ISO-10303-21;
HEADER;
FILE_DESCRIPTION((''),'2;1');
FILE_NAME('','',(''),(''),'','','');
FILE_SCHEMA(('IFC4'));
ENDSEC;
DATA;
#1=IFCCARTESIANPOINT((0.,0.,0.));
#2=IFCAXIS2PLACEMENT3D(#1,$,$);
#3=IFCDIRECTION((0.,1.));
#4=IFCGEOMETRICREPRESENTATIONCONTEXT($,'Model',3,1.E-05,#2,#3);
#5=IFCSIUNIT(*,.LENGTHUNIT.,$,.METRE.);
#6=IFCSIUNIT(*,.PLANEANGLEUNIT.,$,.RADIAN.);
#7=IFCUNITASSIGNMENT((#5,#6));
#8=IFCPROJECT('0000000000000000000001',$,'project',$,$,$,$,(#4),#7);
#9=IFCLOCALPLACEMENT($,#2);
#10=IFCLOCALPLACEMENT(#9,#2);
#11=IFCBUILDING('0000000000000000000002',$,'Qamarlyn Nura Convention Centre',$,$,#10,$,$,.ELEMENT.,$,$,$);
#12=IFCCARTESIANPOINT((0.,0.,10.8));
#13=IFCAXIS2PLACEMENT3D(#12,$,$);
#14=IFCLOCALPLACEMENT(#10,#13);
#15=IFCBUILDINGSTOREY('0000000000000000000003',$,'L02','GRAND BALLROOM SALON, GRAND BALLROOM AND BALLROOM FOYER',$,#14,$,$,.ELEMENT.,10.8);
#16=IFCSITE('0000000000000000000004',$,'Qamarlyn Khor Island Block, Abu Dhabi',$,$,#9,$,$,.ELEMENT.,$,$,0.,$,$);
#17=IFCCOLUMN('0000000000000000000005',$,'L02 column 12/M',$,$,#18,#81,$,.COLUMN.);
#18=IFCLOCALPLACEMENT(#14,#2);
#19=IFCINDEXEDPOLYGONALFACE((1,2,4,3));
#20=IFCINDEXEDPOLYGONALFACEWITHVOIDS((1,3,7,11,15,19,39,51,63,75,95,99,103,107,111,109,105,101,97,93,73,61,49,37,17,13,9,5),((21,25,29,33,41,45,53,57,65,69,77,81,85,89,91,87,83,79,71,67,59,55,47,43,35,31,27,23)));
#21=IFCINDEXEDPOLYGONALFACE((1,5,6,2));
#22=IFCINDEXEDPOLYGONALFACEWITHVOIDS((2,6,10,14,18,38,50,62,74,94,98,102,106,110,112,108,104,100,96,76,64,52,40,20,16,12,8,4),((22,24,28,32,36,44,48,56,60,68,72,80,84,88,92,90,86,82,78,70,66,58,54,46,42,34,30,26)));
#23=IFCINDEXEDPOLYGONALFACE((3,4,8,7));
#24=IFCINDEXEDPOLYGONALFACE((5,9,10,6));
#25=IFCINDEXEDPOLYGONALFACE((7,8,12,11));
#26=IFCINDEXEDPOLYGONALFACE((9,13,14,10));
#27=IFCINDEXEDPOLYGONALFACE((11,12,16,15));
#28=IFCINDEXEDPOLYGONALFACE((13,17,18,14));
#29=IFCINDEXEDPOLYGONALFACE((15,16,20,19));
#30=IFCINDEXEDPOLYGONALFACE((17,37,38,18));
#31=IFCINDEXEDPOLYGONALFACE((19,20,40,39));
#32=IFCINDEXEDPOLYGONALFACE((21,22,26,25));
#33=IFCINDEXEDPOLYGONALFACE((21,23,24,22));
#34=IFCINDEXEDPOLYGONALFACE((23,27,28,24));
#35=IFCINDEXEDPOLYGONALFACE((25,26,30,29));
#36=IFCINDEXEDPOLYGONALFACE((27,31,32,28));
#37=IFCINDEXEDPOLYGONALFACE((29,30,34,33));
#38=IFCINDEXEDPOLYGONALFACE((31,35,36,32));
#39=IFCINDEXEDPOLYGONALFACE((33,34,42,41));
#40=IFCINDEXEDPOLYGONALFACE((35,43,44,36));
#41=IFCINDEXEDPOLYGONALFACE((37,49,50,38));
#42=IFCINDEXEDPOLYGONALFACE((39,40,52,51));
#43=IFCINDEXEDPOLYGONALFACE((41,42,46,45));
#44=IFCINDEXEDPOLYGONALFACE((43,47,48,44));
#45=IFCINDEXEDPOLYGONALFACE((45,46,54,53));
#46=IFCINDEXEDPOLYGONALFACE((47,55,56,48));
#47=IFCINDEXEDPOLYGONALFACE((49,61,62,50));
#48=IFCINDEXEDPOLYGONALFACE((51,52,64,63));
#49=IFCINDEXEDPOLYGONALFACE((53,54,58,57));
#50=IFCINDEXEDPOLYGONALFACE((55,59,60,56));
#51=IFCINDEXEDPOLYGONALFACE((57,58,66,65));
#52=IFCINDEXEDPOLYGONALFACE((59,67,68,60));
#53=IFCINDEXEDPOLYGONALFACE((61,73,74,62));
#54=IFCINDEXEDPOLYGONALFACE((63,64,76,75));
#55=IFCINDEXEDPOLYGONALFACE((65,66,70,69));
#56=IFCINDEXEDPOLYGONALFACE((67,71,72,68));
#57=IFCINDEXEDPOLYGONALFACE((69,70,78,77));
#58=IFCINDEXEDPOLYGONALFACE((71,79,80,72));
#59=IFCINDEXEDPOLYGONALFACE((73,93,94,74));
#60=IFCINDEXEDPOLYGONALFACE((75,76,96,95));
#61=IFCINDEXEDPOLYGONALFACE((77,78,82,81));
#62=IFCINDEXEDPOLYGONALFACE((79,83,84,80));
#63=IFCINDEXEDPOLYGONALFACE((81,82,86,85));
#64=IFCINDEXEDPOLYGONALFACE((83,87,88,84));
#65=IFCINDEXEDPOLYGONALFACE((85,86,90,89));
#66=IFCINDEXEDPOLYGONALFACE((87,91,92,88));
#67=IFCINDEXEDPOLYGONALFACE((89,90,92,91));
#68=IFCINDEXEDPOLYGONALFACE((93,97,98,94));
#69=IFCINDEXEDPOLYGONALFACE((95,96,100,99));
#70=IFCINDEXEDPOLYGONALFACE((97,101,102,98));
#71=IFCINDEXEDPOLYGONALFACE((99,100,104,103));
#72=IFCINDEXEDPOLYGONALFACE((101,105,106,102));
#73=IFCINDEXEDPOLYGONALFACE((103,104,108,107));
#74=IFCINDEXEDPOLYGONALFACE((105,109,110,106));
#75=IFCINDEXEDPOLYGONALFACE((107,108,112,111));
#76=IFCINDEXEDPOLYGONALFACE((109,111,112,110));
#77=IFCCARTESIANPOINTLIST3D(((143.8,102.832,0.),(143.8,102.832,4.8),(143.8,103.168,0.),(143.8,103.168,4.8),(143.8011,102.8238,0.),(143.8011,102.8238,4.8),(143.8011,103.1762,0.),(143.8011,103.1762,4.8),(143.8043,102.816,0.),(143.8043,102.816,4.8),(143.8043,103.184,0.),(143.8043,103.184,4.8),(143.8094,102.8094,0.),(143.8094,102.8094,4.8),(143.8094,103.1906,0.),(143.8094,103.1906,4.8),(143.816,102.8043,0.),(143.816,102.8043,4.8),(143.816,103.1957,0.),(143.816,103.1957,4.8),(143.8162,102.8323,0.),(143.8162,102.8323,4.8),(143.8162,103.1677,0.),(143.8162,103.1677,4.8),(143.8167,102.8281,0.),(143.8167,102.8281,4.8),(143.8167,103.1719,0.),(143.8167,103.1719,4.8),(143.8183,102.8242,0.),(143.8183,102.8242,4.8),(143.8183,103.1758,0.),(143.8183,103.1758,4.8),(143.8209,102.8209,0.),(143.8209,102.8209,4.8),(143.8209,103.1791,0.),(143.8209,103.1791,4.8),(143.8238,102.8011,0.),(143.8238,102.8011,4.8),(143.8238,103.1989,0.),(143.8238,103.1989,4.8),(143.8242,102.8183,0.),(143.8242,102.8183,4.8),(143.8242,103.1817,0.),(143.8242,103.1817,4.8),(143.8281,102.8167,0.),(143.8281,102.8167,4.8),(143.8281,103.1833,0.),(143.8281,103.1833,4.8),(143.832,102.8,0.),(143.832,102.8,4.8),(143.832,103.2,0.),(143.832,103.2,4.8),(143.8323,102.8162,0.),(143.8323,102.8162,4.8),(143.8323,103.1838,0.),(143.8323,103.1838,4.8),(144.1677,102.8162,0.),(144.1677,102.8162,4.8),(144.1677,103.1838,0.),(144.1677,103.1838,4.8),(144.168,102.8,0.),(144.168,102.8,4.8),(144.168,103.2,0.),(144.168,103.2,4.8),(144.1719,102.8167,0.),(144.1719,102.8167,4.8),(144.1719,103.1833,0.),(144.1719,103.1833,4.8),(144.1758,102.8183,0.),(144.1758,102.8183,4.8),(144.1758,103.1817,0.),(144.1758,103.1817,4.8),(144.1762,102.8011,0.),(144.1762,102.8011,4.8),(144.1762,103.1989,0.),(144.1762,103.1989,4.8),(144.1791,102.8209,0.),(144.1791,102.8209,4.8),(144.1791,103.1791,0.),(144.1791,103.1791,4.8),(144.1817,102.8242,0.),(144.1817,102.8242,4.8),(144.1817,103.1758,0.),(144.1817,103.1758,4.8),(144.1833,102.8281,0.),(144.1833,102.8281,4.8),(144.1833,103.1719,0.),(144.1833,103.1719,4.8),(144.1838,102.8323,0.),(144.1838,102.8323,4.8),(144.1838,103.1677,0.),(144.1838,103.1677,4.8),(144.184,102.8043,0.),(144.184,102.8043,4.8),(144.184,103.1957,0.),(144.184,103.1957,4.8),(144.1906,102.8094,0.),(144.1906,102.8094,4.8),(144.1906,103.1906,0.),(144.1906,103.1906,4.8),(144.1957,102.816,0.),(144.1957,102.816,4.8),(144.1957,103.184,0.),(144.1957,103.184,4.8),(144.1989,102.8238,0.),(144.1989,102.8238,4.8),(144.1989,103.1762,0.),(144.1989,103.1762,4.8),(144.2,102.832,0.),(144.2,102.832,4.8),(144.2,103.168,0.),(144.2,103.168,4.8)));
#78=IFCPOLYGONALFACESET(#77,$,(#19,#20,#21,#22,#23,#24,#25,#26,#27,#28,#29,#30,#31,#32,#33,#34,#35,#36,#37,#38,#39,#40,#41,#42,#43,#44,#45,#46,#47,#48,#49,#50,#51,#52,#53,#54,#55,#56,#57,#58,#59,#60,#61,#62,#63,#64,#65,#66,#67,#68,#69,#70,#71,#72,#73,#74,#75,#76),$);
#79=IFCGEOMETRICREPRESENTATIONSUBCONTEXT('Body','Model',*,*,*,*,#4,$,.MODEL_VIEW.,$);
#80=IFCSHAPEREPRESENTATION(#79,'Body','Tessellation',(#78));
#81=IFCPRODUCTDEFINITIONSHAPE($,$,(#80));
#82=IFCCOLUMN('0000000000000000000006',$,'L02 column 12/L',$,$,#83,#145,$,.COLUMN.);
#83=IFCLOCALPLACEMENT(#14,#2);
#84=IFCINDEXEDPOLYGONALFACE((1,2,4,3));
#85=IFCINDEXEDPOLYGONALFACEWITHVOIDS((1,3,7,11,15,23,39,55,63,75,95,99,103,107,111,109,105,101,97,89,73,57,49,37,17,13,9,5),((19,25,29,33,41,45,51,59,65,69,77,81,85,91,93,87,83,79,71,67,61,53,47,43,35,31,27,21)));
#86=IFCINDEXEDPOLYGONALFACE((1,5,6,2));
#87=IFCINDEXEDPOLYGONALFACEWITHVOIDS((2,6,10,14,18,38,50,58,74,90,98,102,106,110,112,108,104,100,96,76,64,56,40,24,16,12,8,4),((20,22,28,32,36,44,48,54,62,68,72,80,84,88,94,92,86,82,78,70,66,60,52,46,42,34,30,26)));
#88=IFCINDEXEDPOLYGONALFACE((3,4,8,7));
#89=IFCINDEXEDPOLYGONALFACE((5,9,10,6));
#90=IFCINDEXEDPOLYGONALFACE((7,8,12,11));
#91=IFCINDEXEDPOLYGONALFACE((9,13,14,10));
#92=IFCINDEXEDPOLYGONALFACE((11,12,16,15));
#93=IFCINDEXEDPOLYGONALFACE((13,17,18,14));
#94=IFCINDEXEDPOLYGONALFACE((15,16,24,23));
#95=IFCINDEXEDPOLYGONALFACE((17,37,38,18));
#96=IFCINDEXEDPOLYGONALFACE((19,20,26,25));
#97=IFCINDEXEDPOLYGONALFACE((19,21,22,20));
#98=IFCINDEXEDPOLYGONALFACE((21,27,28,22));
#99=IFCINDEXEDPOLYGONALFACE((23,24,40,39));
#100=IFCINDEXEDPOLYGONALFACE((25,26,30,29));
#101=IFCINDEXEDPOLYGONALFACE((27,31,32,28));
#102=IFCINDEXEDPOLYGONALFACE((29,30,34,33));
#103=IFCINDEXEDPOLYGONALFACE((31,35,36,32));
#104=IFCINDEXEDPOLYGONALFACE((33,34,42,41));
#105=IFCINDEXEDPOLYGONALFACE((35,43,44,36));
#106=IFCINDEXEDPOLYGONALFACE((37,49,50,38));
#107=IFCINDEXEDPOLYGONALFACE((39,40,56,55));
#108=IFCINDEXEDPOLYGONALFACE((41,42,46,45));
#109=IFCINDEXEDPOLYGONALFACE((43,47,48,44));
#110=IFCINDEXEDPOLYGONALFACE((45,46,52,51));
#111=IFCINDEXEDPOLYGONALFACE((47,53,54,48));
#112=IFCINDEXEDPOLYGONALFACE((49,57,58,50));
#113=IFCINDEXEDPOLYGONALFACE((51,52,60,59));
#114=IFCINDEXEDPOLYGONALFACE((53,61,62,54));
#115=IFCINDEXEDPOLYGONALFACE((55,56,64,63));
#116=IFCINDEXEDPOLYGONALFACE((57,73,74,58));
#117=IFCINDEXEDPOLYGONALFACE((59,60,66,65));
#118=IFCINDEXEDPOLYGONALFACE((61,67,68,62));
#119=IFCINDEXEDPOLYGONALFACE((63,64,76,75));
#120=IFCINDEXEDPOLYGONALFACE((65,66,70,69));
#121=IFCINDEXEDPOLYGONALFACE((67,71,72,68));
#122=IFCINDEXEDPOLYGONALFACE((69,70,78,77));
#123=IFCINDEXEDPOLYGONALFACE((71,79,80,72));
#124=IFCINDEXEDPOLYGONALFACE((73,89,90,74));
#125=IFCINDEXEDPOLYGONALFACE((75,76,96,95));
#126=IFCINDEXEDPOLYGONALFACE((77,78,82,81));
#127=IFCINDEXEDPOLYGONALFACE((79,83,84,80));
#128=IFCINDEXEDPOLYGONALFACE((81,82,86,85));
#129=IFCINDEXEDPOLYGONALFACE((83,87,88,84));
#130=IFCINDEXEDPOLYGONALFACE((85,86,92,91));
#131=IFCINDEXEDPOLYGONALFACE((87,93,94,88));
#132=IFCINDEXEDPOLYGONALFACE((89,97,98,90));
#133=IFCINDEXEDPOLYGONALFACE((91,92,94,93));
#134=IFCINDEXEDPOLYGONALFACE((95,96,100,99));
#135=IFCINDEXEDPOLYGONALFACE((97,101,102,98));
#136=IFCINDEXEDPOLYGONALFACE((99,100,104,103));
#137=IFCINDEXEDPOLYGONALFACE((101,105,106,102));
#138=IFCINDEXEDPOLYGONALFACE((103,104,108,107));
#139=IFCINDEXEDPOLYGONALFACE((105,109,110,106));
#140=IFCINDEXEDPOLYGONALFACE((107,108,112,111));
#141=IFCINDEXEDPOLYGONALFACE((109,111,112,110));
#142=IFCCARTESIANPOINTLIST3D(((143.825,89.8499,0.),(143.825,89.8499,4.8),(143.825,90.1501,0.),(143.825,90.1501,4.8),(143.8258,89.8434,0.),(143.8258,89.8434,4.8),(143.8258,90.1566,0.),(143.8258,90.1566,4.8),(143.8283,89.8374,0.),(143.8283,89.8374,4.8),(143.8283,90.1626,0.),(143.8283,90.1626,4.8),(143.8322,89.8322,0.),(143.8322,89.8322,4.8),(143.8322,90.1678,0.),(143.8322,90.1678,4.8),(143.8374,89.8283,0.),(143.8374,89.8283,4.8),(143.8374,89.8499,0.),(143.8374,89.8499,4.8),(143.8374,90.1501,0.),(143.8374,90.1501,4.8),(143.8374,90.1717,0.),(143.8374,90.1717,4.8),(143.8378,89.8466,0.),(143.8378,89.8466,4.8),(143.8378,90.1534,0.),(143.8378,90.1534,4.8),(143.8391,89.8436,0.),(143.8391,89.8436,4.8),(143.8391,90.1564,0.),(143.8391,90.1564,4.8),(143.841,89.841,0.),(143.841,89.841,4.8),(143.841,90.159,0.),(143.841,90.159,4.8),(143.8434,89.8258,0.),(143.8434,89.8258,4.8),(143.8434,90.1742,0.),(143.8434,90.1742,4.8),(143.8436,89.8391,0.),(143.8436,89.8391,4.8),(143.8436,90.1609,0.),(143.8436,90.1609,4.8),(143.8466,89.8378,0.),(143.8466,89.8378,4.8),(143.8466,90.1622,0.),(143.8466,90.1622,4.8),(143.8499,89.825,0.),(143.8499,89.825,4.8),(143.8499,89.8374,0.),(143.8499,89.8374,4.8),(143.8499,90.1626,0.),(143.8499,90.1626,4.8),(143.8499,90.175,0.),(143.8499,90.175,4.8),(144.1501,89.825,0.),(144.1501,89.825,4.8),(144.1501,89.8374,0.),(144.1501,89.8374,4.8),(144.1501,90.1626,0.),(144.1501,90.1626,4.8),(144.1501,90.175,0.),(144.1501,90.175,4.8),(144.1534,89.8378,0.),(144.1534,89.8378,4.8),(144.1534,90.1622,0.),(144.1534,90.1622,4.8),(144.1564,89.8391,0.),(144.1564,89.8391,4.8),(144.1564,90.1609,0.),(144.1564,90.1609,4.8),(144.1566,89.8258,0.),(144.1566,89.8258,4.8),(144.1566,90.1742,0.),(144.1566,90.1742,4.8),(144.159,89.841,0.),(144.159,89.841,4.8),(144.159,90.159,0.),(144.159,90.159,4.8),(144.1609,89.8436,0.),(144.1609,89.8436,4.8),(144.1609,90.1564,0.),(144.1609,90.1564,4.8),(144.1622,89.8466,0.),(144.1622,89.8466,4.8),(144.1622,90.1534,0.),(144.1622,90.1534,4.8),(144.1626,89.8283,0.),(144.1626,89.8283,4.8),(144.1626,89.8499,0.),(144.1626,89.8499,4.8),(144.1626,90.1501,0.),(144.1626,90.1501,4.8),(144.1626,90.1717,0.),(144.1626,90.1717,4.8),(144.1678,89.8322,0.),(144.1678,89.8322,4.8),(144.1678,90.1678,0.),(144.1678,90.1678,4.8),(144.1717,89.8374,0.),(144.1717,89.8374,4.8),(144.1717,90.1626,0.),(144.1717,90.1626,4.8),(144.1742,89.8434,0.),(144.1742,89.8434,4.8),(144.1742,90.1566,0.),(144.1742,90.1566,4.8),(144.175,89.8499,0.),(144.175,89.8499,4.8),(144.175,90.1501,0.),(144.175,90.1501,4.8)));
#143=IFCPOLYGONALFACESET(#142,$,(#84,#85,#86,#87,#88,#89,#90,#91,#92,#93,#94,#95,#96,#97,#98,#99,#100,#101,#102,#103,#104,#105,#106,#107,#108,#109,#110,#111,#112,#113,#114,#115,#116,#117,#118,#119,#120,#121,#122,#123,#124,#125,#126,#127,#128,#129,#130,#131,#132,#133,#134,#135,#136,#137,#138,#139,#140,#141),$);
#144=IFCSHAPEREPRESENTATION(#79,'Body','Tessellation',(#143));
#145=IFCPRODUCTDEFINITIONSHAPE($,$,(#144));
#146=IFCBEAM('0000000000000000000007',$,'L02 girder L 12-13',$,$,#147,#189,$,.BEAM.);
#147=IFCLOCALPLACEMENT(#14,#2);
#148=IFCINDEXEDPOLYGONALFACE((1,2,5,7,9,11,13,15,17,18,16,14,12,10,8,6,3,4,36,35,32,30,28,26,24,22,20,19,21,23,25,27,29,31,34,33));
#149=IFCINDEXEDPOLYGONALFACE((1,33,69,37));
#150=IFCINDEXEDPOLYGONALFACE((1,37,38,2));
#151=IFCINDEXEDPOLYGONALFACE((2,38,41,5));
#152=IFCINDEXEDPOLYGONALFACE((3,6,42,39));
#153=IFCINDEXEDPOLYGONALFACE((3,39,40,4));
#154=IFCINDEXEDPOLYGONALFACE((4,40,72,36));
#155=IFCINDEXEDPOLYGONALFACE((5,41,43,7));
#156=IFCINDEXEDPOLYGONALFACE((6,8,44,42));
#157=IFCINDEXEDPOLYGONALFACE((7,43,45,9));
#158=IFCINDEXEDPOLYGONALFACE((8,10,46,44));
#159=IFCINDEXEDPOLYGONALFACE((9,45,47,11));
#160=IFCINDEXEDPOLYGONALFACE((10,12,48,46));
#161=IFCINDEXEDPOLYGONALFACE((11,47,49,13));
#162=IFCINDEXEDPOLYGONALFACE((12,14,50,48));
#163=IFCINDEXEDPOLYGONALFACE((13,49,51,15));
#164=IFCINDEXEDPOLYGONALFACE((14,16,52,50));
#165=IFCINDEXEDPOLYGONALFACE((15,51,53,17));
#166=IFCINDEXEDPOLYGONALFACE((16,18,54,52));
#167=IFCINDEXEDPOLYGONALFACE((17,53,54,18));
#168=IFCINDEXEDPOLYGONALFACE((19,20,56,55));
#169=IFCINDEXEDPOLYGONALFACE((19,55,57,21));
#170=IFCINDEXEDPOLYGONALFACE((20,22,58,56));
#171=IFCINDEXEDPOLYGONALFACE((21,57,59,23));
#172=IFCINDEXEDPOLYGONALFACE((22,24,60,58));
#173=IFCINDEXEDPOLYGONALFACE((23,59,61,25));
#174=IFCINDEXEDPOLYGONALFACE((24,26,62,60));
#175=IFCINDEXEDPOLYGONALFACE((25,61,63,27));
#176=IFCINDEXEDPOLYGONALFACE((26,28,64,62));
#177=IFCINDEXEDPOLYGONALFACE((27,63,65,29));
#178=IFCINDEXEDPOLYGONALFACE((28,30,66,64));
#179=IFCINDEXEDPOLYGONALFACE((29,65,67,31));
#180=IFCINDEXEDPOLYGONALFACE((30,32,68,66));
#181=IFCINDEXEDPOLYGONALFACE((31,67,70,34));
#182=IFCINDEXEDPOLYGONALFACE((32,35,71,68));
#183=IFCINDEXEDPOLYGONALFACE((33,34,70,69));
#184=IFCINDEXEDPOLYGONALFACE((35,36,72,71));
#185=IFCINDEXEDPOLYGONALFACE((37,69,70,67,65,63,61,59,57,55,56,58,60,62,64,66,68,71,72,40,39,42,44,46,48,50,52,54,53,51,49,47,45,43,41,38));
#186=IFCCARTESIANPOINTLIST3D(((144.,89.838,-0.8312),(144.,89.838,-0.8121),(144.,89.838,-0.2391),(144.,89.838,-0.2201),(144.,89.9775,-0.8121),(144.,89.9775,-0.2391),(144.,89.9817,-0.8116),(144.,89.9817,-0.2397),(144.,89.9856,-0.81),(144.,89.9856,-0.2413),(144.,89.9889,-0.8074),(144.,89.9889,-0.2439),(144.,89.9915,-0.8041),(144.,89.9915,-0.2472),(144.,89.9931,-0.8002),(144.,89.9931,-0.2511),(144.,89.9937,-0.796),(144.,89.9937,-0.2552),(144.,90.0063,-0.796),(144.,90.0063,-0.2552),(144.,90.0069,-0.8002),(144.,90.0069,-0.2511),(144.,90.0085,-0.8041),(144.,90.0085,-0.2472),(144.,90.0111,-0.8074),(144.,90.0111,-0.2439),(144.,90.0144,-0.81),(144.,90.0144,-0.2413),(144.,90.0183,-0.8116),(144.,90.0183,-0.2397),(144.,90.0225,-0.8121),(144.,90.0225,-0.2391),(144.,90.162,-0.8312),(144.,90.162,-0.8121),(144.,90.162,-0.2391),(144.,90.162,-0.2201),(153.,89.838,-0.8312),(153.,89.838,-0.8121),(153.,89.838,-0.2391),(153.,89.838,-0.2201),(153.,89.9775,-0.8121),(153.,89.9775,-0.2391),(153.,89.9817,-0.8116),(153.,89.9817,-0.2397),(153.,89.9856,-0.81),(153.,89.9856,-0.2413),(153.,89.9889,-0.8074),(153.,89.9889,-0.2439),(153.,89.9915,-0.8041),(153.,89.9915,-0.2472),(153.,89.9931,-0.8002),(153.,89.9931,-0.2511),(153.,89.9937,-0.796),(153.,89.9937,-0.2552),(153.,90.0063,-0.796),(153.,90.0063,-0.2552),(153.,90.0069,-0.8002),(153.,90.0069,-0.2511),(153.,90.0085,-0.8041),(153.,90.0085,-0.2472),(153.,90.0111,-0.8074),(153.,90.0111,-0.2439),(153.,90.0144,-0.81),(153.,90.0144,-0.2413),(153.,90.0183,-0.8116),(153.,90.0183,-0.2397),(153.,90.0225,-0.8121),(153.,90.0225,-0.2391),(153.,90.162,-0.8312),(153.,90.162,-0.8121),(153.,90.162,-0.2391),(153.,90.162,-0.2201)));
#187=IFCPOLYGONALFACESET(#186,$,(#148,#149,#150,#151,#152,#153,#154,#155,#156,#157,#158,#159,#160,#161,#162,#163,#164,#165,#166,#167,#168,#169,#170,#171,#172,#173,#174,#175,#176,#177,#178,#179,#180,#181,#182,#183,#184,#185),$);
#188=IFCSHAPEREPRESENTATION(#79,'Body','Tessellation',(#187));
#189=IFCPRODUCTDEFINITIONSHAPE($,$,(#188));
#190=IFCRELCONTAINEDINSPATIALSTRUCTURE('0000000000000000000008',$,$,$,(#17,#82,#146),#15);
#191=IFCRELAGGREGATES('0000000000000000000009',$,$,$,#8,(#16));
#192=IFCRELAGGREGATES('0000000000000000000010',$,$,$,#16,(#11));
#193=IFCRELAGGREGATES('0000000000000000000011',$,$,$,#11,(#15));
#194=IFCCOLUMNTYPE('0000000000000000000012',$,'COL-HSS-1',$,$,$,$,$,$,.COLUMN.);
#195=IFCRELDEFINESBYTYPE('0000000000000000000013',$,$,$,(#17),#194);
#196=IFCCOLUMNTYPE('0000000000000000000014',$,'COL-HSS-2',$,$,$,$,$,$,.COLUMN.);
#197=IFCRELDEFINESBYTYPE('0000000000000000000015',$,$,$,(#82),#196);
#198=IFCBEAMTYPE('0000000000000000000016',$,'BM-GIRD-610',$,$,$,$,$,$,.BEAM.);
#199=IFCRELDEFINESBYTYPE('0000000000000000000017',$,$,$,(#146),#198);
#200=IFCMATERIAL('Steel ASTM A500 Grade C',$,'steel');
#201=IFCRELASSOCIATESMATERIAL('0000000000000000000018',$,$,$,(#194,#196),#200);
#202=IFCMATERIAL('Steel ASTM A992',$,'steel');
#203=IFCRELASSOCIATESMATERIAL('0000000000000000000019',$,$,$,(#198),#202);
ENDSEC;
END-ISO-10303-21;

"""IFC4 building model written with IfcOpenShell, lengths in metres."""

from ifc_helpers import new_model, si_unit, direction, frame, origin, origin_2d, place, context, subcontext, project, spatial, hollow_rectangle, i_section, extrude, material, material_profile, profile_set, type_object, element, save


model = new_model("IFC4")

# Units and contexts
model_context = context("Model", 3, precision=1e-05, world=origin(), true_north=direction((0.0, 1.0)))
body_context = subcontext(model_context, "Body", "Model", "MODEL_VIEW")
ifc_project = project(units=[si_unit("LENGTHUNIT", "METRE"), si_unit("PLANEANGLEUNIT", "RADIAN")], contexts=[model_context])

# Site, building, storey
site_placement = place(None, origin())
site = spatial("IfcSite", under=ifc_project, at=site_placement, Name="Qamarlyn Khor Island Block, Abu Dhabi", CompositionType="ELEMENT", RefElevation=0.0)
building_placement = place(site_placement, origin())
building = spatial("IfcBuilding", under=site, at=building_placement, Name="Qamarlyn Nura Convention Centre", CompositionType="ELEMENT")
storey_placement = place(building_placement, frame((0.0, 0.0, 10.8)))
storey = spatial("IfcBuildingStorey", under=building, at=storey_placement, Name="L02", Description="GRAND BALLROOM SALON, GRAND BALLROOM AND BALLROOM FOYER", CompositionType="ELEMENT", Elevation=10.8)

# Columns
ifc_material_1 = material(Name="Steel ASTM A500 Grade C", Category="steel")
ifc_material_profile_1 = material_profile(ifc_material_1, hollow_rectangle(XDim=0.3999, YDim=0.3999, WallThickness=0.0161, InnerFilletRadius=0.0161, OuterFilletRadius=0.032, at=origin_2d()), Name="HSS400X400X16")
ifc_profile_set_1 = profile_set([ifc_material_profile_1], Name="Steel ASTM A500 Grade C")
column_type_1 = type_object("IfcColumnType", Name="COL-HSS-1", PredefinedType="COLUMN", material=ifc_profile_set_1)
column_1_placement = place(storey_placement, frame((144.0, 103.0, 0.0), z_axis=(0.0, 0.0, 1.0), x_axis=(1.0, 0.0, 0.0)))
element("IfcColumn", 1, at=column_1_placement, inside=storey, type_object=column_type_1, Name="L02 column 12/M", PredefinedType="COLUMN", context=body_context, shape_type="SweptSolid", body=[
    extrude(hollow_rectangle(XDim=0.3999, YDim=0.3999, WallThickness=0.0161, InnerFilletRadius=0.0161, OuterFilletRadius=0.032, at=origin_2d()), origin(), (0.0, 0.0, 1.0), 4.8),
])
ifc_material_profile_2 = material_profile(ifc_material_1, hollow_rectangle(XDim=0.3501, YDim=0.3501, WallThickness=0.0125, InnerFilletRadius=0.0125, OuterFilletRadius=0.0249, at=origin_2d()), Name="HSS350X350X12.5")
ifc_profile_set_2 = profile_set([ifc_material_profile_2], Name="Steel ASTM A500 Grade C")
column_type_2 = type_object("IfcColumnType", Name="COL-HSS-2", PredefinedType="COLUMN", material=ifc_profile_set_2)
column_2_placement = place(storey_placement, frame((144.0, 90.0, 0.0), z_axis=(0.0, 0.0, 1.0), x_axis=(1.0, 0.0, 0.0)))
element("IfcColumn", 2, at=column_2_placement, inside=storey, type_object=column_type_2, Name="L02 column 12/L", PredefinedType="COLUMN", context=body_context, shape_type="SweptSolid", body=[
    extrude(hollow_rectangle(XDim=0.3501, YDim=0.3501, WallThickness=0.0125, InnerFilletRadius=0.0125, OuterFilletRadius=0.0249, at=origin_2d()), origin(), (0.0, 0.0, 1.0), 4.8),
])

# Beam
ifc_material_2 = material(Name="Steel ASTM A992", Category="steel")
ifc_material_profile_3 = material_profile(ifc_material_2, i_section(OverallWidth=0.324, OverallDepth=0.6111, WebThickness=0.0127, FlangeThickness=0.019, FilletRadius=0.0161, at=origin_2d()), Name="W610X155")
ifc_profile_set_3 = profile_set([ifc_material_profile_3], Name="Steel ASTM A992")
beam_type_1 = type_object("IfcBeamType", Name="BM-GIRD-610", PredefinedType="BEAM", material=ifc_profile_set_3)
beam_1_placement = place(storey_placement, frame((144.0, 90.0, -0.5256), z_axis=(1.0, 0.0, 0.0), x_axis=(0.0, 1.0, 0.0)))
element("IfcBeam", 3, at=beam_1_placement, inside=storey, type_object=beam_type_1, Name="L02 girder L 12-13", PredefinedType="BEAM", context=body_context, shape_type="SweptSolid", body=[
    extrude(i_section(OverallWidth=0.324, OverallDepth=0.6111, WebThickness=0.0127, FlangeThickness=0.019, FilletRadius=0.0161, at=origin_2d()), origin(), (0.0, 0.0, 1.0), 9.0),
])

save(model, "model.ifc")
